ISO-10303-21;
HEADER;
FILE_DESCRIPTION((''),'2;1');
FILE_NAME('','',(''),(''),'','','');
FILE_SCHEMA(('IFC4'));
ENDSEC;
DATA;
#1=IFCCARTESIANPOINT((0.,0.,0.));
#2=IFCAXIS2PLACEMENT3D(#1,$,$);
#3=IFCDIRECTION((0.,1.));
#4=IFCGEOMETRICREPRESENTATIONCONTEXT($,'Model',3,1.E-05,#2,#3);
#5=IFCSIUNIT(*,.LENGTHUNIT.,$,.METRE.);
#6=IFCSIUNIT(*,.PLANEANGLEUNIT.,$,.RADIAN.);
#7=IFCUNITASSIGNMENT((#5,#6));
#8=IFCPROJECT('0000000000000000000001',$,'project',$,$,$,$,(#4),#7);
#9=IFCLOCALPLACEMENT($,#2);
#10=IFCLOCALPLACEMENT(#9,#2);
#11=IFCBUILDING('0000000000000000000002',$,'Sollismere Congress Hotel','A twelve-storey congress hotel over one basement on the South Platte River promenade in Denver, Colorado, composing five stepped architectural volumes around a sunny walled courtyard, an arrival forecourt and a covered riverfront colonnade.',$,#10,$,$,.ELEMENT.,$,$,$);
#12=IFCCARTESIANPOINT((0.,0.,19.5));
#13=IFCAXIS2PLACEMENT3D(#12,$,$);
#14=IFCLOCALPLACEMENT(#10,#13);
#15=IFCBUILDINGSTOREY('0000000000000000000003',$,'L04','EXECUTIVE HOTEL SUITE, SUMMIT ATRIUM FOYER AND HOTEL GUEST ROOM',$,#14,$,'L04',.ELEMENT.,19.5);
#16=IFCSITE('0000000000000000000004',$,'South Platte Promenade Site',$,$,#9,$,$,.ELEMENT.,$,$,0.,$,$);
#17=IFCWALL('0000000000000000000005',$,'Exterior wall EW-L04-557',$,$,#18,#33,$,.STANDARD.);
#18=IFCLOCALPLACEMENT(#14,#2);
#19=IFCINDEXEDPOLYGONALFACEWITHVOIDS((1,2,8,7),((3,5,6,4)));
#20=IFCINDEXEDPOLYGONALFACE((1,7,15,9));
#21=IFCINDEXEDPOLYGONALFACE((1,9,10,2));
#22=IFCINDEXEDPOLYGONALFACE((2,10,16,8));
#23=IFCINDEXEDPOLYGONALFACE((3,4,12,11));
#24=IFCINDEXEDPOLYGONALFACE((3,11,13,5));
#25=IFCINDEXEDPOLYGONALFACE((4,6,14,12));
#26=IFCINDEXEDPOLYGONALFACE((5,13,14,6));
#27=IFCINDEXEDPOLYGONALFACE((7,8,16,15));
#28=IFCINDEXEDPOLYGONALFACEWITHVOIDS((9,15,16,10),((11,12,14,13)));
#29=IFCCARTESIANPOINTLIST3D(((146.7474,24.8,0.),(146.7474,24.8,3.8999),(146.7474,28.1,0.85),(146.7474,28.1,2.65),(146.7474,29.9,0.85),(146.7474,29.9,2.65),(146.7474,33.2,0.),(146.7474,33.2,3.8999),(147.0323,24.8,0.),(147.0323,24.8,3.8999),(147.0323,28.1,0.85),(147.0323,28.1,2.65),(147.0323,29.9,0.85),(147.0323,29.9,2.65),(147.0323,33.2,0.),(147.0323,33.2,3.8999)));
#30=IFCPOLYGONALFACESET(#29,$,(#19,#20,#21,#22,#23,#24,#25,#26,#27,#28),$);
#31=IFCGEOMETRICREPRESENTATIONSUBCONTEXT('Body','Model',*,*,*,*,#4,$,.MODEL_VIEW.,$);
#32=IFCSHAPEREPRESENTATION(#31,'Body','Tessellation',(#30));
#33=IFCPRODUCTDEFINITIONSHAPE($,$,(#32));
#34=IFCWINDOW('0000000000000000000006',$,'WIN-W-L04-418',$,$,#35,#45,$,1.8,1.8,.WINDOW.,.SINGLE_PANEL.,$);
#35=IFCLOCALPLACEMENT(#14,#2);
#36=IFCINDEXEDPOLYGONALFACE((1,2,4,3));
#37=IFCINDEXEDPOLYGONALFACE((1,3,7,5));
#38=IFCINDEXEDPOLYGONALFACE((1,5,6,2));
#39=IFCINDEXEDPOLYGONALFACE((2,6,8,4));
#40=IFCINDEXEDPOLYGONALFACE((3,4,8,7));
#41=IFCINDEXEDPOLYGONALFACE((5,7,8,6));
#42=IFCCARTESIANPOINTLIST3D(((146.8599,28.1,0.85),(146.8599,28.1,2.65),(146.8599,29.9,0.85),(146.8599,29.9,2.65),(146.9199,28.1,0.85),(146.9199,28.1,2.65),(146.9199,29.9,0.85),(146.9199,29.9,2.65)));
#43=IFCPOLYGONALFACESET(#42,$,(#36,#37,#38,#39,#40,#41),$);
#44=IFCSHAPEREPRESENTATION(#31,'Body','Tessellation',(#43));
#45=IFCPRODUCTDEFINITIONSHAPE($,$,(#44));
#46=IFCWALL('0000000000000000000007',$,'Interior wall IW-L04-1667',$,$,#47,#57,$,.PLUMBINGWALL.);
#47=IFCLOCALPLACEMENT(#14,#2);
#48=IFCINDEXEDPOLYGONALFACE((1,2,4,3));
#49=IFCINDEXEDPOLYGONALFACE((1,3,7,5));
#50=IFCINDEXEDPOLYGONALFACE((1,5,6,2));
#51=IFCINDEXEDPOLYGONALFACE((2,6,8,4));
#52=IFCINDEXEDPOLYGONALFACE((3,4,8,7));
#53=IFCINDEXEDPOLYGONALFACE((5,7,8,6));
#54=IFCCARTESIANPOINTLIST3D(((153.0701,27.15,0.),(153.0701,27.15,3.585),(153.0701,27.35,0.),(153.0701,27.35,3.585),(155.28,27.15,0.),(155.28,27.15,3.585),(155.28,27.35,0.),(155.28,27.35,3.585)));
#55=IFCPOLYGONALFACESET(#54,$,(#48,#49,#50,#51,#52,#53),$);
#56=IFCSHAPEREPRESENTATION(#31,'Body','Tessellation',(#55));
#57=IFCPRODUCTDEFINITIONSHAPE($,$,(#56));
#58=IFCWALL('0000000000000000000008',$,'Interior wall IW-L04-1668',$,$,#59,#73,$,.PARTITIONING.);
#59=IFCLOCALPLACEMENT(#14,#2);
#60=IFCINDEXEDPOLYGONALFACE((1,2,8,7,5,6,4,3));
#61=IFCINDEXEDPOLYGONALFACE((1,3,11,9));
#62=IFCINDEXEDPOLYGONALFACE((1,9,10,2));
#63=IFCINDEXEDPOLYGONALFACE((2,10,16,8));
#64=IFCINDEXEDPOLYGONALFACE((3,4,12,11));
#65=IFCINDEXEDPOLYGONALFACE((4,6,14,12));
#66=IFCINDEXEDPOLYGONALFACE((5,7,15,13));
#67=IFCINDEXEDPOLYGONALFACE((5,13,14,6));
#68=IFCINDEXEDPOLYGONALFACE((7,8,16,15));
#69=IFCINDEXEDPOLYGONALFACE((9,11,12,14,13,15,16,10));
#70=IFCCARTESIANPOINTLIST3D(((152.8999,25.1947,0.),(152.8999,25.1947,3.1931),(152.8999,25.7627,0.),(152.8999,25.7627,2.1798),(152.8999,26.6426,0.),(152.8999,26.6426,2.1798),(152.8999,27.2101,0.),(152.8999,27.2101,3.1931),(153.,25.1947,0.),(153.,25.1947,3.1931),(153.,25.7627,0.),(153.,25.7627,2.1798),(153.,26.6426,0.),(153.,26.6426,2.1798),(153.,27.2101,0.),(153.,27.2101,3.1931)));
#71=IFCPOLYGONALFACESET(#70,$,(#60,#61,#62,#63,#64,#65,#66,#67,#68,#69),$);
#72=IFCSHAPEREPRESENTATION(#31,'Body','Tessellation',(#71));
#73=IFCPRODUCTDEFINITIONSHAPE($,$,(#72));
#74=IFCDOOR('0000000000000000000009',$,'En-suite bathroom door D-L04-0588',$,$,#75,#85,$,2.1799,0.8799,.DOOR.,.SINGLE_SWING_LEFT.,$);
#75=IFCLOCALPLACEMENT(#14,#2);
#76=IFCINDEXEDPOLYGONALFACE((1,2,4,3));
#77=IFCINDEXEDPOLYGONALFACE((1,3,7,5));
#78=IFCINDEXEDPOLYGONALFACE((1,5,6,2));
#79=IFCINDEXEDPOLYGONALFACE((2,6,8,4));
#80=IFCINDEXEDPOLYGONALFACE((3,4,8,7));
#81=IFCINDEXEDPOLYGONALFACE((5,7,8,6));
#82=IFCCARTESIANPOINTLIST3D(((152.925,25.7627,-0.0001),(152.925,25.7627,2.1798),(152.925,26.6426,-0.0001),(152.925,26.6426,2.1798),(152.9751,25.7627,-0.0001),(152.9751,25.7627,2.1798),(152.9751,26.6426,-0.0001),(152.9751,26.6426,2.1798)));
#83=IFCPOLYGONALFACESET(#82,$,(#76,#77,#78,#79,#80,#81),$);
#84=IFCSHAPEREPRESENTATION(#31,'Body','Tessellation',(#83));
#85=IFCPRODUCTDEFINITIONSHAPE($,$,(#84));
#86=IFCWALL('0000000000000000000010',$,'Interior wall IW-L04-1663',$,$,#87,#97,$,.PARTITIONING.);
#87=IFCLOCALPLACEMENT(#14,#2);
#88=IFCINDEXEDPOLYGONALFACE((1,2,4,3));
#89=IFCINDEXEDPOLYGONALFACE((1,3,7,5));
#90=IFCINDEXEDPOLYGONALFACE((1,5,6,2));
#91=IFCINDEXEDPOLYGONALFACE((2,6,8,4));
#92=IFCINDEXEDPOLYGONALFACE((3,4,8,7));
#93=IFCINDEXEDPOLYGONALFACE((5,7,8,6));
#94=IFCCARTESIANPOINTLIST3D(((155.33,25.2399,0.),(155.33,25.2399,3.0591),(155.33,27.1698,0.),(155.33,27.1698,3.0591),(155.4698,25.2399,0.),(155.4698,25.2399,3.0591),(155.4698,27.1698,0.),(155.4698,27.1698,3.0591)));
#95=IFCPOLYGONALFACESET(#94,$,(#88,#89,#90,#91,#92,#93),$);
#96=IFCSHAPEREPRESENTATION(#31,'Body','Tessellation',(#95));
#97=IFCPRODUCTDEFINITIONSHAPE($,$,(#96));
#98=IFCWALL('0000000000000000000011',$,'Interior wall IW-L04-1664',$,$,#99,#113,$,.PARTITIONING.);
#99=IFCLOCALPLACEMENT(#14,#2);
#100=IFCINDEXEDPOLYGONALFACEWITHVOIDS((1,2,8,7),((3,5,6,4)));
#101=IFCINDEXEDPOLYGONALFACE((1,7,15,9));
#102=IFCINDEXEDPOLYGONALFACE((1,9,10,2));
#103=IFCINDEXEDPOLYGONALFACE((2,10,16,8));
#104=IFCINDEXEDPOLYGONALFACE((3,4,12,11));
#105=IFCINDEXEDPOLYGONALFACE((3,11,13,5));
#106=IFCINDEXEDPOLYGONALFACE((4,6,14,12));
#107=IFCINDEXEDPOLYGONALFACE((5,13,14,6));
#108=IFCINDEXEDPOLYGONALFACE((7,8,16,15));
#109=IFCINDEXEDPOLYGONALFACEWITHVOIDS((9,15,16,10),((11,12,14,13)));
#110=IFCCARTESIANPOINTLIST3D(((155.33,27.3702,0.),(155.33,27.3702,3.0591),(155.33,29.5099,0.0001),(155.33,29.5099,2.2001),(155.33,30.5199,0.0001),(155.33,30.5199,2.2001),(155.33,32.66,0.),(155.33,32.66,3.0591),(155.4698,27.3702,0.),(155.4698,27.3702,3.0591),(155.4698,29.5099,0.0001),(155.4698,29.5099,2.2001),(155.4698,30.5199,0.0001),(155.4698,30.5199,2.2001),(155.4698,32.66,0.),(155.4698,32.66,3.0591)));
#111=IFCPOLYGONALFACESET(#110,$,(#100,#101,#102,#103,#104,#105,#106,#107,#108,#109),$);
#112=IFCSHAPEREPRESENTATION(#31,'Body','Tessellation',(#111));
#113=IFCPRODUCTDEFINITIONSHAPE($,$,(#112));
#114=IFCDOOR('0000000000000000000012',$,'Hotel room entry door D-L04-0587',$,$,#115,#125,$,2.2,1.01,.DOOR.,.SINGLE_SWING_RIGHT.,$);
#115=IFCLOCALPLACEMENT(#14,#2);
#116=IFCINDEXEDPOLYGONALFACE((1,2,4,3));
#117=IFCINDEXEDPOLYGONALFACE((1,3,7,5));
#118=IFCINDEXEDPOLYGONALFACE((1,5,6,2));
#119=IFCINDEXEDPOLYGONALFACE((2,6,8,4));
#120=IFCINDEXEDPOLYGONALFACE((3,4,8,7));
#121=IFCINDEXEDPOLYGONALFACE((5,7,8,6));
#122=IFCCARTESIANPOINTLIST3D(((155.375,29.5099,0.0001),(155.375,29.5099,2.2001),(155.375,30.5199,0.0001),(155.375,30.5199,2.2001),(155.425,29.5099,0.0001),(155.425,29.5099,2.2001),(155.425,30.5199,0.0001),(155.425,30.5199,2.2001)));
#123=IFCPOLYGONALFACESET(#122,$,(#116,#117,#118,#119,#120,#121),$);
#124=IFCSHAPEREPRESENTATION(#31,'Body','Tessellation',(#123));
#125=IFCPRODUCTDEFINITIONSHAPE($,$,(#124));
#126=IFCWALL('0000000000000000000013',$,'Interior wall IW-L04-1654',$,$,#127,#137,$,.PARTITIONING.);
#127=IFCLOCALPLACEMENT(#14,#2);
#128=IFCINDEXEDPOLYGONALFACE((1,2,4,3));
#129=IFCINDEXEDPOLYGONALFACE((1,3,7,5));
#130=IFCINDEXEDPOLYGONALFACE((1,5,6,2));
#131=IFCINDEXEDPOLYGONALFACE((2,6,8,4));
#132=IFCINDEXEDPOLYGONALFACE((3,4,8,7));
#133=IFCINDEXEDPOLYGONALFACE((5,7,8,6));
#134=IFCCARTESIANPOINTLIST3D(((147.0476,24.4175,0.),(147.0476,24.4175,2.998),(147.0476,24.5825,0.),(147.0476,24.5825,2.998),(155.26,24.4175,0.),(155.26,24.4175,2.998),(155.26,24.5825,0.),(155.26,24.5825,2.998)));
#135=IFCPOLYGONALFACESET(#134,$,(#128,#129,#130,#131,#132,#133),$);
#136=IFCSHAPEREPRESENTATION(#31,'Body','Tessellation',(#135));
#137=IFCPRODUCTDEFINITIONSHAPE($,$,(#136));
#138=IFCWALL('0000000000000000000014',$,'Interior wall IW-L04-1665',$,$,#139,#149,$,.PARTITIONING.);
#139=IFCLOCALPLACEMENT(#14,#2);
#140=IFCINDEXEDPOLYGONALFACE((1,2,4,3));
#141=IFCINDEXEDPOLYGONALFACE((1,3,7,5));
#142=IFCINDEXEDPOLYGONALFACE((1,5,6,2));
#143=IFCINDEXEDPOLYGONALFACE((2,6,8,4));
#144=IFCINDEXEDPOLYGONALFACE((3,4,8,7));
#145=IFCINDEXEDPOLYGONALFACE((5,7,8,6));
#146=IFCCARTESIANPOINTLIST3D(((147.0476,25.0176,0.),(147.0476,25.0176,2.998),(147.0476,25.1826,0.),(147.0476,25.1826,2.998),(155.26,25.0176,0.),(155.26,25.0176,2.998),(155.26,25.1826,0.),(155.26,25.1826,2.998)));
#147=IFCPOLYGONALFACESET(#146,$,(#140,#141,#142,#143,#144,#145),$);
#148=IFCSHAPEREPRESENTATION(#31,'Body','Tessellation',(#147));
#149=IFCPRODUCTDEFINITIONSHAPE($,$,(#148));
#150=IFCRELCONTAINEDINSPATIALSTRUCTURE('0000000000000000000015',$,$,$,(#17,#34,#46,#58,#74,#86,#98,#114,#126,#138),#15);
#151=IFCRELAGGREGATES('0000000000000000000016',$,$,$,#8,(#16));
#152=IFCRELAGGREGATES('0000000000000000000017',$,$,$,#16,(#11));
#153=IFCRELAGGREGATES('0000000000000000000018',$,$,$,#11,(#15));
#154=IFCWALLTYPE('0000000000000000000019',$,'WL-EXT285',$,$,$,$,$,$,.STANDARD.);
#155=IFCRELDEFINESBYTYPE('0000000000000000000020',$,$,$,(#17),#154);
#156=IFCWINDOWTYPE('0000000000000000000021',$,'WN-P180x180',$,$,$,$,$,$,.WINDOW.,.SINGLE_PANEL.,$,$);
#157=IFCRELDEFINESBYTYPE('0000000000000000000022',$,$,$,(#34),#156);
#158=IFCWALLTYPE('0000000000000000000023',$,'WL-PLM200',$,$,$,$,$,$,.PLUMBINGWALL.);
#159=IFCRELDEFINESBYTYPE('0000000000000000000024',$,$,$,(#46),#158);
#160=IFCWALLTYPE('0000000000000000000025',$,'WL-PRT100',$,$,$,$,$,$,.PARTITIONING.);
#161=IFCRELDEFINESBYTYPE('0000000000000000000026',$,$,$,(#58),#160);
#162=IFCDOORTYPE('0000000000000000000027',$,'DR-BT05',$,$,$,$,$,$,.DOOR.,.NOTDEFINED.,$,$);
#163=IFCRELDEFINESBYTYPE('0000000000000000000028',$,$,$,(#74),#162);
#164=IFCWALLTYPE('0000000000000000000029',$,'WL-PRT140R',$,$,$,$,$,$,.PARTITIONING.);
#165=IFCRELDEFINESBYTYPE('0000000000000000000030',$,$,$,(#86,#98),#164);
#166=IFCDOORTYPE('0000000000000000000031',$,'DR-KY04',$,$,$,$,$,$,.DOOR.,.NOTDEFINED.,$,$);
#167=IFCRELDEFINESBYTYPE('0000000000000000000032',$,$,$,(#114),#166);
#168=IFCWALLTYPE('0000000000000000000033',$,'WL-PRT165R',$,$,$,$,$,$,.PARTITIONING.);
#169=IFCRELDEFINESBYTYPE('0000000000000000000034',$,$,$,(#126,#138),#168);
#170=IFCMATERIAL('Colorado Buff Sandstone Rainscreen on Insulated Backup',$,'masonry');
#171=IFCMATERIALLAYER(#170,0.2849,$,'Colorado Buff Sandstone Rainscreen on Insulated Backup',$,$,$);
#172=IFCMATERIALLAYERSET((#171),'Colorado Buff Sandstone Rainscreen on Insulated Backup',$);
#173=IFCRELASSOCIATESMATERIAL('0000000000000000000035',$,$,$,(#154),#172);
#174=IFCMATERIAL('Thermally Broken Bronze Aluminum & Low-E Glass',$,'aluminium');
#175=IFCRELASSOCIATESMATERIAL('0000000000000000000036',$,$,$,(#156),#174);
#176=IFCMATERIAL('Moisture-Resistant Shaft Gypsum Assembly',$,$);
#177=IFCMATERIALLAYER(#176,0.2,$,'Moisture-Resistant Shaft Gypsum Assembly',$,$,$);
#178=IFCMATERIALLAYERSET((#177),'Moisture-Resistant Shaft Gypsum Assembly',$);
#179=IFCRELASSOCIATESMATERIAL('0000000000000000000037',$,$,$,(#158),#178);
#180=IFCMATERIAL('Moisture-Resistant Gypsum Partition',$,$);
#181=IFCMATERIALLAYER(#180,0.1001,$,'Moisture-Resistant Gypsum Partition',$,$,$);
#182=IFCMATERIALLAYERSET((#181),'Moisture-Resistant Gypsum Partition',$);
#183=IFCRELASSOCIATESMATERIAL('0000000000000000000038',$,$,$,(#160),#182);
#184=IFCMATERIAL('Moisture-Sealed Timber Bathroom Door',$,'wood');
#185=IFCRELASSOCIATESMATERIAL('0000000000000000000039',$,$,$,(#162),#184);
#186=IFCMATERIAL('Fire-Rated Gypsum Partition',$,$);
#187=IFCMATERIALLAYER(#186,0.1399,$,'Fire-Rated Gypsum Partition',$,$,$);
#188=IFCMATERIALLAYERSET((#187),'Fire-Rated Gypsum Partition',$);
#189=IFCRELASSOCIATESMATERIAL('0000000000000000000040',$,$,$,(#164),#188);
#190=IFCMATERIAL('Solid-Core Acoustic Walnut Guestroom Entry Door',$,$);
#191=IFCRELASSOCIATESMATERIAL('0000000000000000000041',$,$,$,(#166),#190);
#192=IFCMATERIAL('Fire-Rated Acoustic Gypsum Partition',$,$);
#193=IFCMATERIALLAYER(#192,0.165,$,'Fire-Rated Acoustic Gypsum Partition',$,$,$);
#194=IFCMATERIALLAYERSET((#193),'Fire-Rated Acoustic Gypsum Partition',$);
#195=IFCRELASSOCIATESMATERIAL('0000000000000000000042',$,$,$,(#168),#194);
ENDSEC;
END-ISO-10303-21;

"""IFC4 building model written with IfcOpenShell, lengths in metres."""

from ifc_helpers import new_model, si_unit, direction, frame, frame_2d, origin, place, context, subcontext, project, spatial, rectangle, extrude, material, layer, layer_set, type_object, element, fill, save


model = new_model("IFC4")

# Units and contexts
model_context = context("Model", 3, precision=1e-05, world=origin(), true_north=direction((0.0, 1.0)))
body_context = subcontext(model_context, "Body", "Model", "MODEL_VIEW")
ifc_project = project(units=[si_unit("LENGTHUNIT", "METRE"), si_unit("PLANEANGLEUNIT", "RADIAN")], contexts=[model_context])

# Site, building, storey
site_placement = place(None, origin())
site = spatial("IfcSite", under=ifc_project, at=site_placement, Name="South Platte Promenade Site", CompositionType="ELEMENT", RefElevation=0.0)
building_placement = place(site_placement, origin())
building = spatial("IfcBuilding", under=site, at=building_placement, Name="Sollismere Congress Hotel", Description="A twelve-storey congress hotel over one basement on the South Platte River promenade in Denver, Colorado, composing five stepped architectural volumes around a sunny walled courtyard, an arrival forecourt and a covered riverfront colonnade.", CompositionType="ELEMENT")
storey_placement = place(building_placement, frame((0.0, 0.0, 19.5)))
storey = spatial("IfcBuildingStorey", under=building, at=storey_placement, Name="L04", Description="EXECUTIVE HOTEL SUITE, SUMMIT ATRIUM FOYER AND HOTEL GUEST ROOM", LongName="L04", CompositionType="ELEMENT", Elevation=19.5)

# Wall, opening, window
ifc_material_1 = material(Name="Colorado Buff Sandstone Rainscreen on Insulated Backup", Category="masonry")
ifc_layer_1 = layer(ifc_material_1, 0.2849, Name="Colorado Buff Sandstone Rainscreen on Insulated Backup")
ifc_layer_set_1 = layer_set([ifc_layer_1], Name="Colorado Buff Sandstone Rainscreen on Insulated Backup")
wall_type_1 = type_object("IfcWallType", Name="WL-EXT285", PredefinedType="STANDARD", material=ifc_layer_set_1)
wall_1_placement = place(storey_placement, frame((146.8899, 24.8, 0.0), z_axis=(0.0, 0.0, 1.0), x_axis=(0.0, 1.0, 0.0)))
wall_1 = element("IfcWall", 1, at=wall_1_placement, inside=storey, type_object=wall_type_1, Name="Exterior wall EW-L04-557", PredefinedType="STANDARD", context=body_context, shape_type="SweptSolid", body=[
    extrude(rectangle(XDim=8.3999, YDim=0.2849, at=frame_2d((4.2, 0.0))), origin(), (0.0, 0.0, 1.0), 3.8999),
])
opening_1_placement = place(wall_1_placement, frame((3.3, 0.0, 0.8501)))
opening_1 = element("IfcOpeningElement", 2, at=opening_1_placement, cuts=wall_1, PredefinedType="OPENING", context=body_context, shape_type="SweptSolid", body=[
    extrude(rectangle(XDim=1.8, YDim=1.8, at=frame_2d((0.8999, 0.8999))), frame((0.0, 0.1523, 0.0), z_axis=(0.0, -1.0, 0.0), x_axis=(1.0, 0.0, 0.0)), (0.0, 0.0, 1.0), 0.3049),
])
ifc_material_2 = material(Name="Thermally Broken Bronze Aluminum & Low-E Glass", Category="aluminium")
window_type = type_object("IfcWindowType", Name="WN-P180x180", PartitioningType="SINGLE_PANEL", PredefinedType="WINDOW", material=ifc_material_2)
window_placement = place(opening_1_placement, origin())
window = element("IfcWindow", 3, at=window_placement, inside=storey, type_object=window_type, Name="WIN-W-L04-418", OverallHeight=1.8, OverallWidth=1.8, PartitioningType="SINGLE_PANEL", PredefinedType="WINDOW", context=body_context, shape_type="SweptSolid", body=[
    extrude(rectangle(XDim=1.8, YDim=1.8, at=frame_2d((0.8999, 0.8999))), frame((0.0, 0.03, 0.0), z_axis=(0.0, -1.0, 0.0), x_axis=(1.0, 0.0, 0.0)), (0.0, 0.0, 1.0), 0.0601),
])
fill(opening_1, window)

# Wall
ifc_material_3 = material(Name="Moisture-Resistant Shaft Gypsum Assembly")
ifc_layer_2 = layer(ifc_material_3, 0.2, Name="Moisture-Resistant Shaft Gypsum Assembly")
ifc_layer_set_2 = layer_set([ifc_layer_2], Name="Moisture-Resistant Shaft Gypsum Assembly")
wall_type_2 = type_object("IfcWallType", Name="WL-PLM200", PredefinedType="PLUMBINGWALL", material=ifc_layer_set_2)
wall_2_placement = place(storey_placement, frame((153.0701, 27.25, 0.0), z_axis=(0.0, 0.0, 1.0), x_axis=(1.0, 0.0, 0.0)))
element("IfcWall", 4, at=wall_2_placement, inside=storey, type_object=wall_type_2, Name="Interior wall IW-L04-1667", PredefinedType="PLUMBINGWALL", context=body_context, shape_type="SweptSolid", body=[
    extrude(rectangle(XDim=2.21, YDim=0.2, at=frame_2d((1.105, 0.0))), origin(), (0.0, 0.0, 1.0), 3.585),
])

# Wall, opening, door
ifc_material_4 = material(Name="Moisture-Resistant Gypsum Partition")
ifc_layer_3 = layer(ifc_material_4, 0.1001, Name="Moisture-Resistant Gypsum Partition")
ifc_layer_set_3 = layer_set([ifc_layer_3], Name="Moisture-Resistant Gypsum Partition")
wall_type_3 = type_object("IfcWallType", Name="WL-PRT100", PredefinedType="PARTITIONING", material=ifc_layer_set_3)
wall_3_placement = place(storey_placement, frame((152.95, 25.1946, 0.0), z_axis=(0.0, 0.0, 1.0), x_axis=(0.0, 1.0, 0.0)))
wall_3 = element("IfcWall", 5, at=wall_3_placement, inside=storey, type_object=wall_type_3, Name="Interior wall IW-L04-1668", PredefinedType="PARTITIONING", context=body_context, shape_type="SweptSolid", body=[
    extrude(rectangle(XDim=2.0154, YDim=0.1001, at=frame_2d((1.0078, 0.0))), origin(), (0.0, 0.0, 1.0), 3.1931),
])
opening_2_placement = place(wall_3_placement, frame((0.5681, 0.0, 0.0)))
opening_2 = element("IfcOpeningElement", 6, at=opening_2_placement, cuts=wall_3, PredefinedType="OPENING", context=body_context, shape_type="SweptSolid", body=[
    extrude(rectangle(XDim=0.8799, YDim=2.1799, at=frame_2d((0.4399, 1.0898))), frame((0.0, 0.0601, 0.0), z_axis=(0.0, -1.0, 0.0), x_axis=(1.0, 0.0, 0.0)), (0.0, 0.0, 1.0), 0.1201),
])
ifc_material_5 = material(Name="Moisture-Sealed Timber Bathroom Door", Category="wood")
door_type_1 = type_object("IfcDoorType", Name="DR-BT05", OperationType="NOTDEFINED", PredefinedType="DOOR", material=ifc_material_5)
door_1_placement = place(opening_2_placement, origin())
door_1 = element("IfcDoor", 7, at=door_1_placement, inside=storey, type_object=door_type_1, Name="En-suite bathroom door D-L04-0588", OperationType="SINGLE_SWING_LEFT", OverallHeight=2.1799, OverallWidth=0.8799, PredefinedType="DOOR", context=body_context, shape_type="SweptSolid", body=[
    extrude(rectangle(XDim=0.8799, YDim=2.1799, at=frame_2d((0.4399, 1.0898))), frame((0.0, 0.0249, 0.0), z_axis=(0.0, -1.0, 0.0), x_axis=(1.0, 0.0, 0.0)), (0.0, 0.0, 1.0), 0.05),
])
fill(opening_2, door_1)

# Wall
ifc_material_6 = material(Name="Fire-Rated Gypsum Partition")
ifc_layer_4 = layer(ifc_material_6, 0.1399, Name="Fire-Rated Gypsum Partition")
ifc_layer_set_4 = layer_set([ifc_layer_4], Name="Fire-Rated Gypsum Partition")
wall_type_4 = type_object("IfcWallType", Name="WL-PRT140R", PredefinedType="PARTITIONING", material=ifc_layer_set_4)
wall_4_placement = place(storey_placement, frame((155.3999, 25.24, 0.0), z_axis=(0.0, 0.0, 1.0), x_axis=(0.0, 1.0, 0.0)))
element("IfcWall", 8, at=wall_4_placement, inside=storey, type_object=wall_type_4, Name="Interior wall IW-L04-1663", PredefinedType="PARTITIONING", context=body_context, shape_type="SweptSolid", body=[
    extrude(rectangle(XDim=1.9299, YDim=0.1399, at=frame_2d((0.9648, 0.0))), origin(), (0.0, 0.0, 1.0), 3.0591),
])

# Wall, opening, door
wall_5_placement = place(storey_placement, frame((155.3999, 27.3701, 0.0), z_axis=(0.0, 0.0, 1.0), x_axis=(0.0, 1.0, 0.0)))
wall_5 = element("IfcWall", 9, at=wall_5_placement, inside=storey, type_object=wall_type_4, Name="Interior wall IW-L04-1664", PredefinedType="PARTITIONING", context=body_context, shape_type="SweptSolid", body=[
    extrude(rectangle(XDim=5.2898, YDim=0.1399, at=frame_2d((2.645, 0.0))), origin(), (0.0, 0.0, 1.0), 3.0591),
])
opening_3_placement = place(wall_5_placement, frame((2.1399, 0.0, 0.0)))
opening_3 = element("IfcOpeningElement", 10, at=opening_3_placement, cuts=wall_5, PredefinedType="OPENING", context=body_context, shape_type="SweptSolid", body=[
    extrude(rectangle(XDim=1.01, YDim=2.2, at=frame_2d((0.5049, 1.1001))), frame((0.0, 0.0798, 0.0), z_axis=(0.0, -1.0, 0.0), x_axis=(1.0, 0.0, 0.0)), (0.0, 0.0, 1.0), 0.1599),
])
ifc_material_7 = material(Name="Solid-Core Acoustic Walnut Guestroom Entry Door")
door_type_2 = type_object("IfcDoorType", Name="DR-KY04", OperationType="NOTDEFINED", PredefinedType="DOOR", material=ifc_material_7)
door_2_placement = place(opening_3_placement, origin())
door_2 = element("IfcDoor", 11, at=door_2_placement, inside=storey, type_object=door_type_2, Name="Hotel room entry door D-L04-0587", OperationType="SINGLE_SWING_RIGHT", OverallHeight=2.2, OverallWidth=1.01, PredefinedType="DOOR", context=body_context, shape_type="SweptSolid", body=[
    extrude(rectangle(XDim=1.01, YDim=2.2, at=frame_2d((0.5049, 1.1001))), frame((0.0, 0.0249, 0.0), z_axis=(0.0, -1.0, 0.0), x_axis=(1.0, 0.0, 0.0)), (0.0, 0.0, 1.0), 0.05),
])
fill(opening_3, door_2)

# Walls
ifc_material_8 = material(Name="Fire-Rated Acoustic Gypsum Partition")
ifc_layer_5 = layer(ifc_material_8, 0.165, Name="Fire-Rated Acoustic Gypsum Partition")
ifc_layer_set_5 = layer_set([ifc_layer_5], Name="Fire-Rated Acoustic Gypsum Partition")
wall_type_5 = type_object("IfcWallType", Name="WL-PRT165R", PredefinedType="PARTITIONING", material=ifc_layer_set_5)
for number, where, z_axis, x_axis, name in (
    (12, (147.0476, 24.5, 0.0), (0.0, 0.0, 1.0), (1.0, 0.0, 0.0), "Interior wall IW-L04-1654"),
    (13, (147.0476, 25.1001, 0.0), (0.0, 0.0, 1.0), (1.0, 0.0, 0.0), "Interior wall IW-L04-1665"),
):
    element("IfcWall", number, at=place(storey_placement, frame(where, z_axis=z_axis, x_axis=x_axis)), inside=storey, type_object=wall_type_5, Name=name, PredefinedType="PARTITIONING", context=body_context, shape_type="SweptSolid", body=[
        extrude(rectangle(XDim=8.2124, YDim=0.165, at=frame_2d((4.1062, 0.0))), origin(), (0.0, 0.0, 1.0), 2.998),
    ])

save(model, "model.ifc")
